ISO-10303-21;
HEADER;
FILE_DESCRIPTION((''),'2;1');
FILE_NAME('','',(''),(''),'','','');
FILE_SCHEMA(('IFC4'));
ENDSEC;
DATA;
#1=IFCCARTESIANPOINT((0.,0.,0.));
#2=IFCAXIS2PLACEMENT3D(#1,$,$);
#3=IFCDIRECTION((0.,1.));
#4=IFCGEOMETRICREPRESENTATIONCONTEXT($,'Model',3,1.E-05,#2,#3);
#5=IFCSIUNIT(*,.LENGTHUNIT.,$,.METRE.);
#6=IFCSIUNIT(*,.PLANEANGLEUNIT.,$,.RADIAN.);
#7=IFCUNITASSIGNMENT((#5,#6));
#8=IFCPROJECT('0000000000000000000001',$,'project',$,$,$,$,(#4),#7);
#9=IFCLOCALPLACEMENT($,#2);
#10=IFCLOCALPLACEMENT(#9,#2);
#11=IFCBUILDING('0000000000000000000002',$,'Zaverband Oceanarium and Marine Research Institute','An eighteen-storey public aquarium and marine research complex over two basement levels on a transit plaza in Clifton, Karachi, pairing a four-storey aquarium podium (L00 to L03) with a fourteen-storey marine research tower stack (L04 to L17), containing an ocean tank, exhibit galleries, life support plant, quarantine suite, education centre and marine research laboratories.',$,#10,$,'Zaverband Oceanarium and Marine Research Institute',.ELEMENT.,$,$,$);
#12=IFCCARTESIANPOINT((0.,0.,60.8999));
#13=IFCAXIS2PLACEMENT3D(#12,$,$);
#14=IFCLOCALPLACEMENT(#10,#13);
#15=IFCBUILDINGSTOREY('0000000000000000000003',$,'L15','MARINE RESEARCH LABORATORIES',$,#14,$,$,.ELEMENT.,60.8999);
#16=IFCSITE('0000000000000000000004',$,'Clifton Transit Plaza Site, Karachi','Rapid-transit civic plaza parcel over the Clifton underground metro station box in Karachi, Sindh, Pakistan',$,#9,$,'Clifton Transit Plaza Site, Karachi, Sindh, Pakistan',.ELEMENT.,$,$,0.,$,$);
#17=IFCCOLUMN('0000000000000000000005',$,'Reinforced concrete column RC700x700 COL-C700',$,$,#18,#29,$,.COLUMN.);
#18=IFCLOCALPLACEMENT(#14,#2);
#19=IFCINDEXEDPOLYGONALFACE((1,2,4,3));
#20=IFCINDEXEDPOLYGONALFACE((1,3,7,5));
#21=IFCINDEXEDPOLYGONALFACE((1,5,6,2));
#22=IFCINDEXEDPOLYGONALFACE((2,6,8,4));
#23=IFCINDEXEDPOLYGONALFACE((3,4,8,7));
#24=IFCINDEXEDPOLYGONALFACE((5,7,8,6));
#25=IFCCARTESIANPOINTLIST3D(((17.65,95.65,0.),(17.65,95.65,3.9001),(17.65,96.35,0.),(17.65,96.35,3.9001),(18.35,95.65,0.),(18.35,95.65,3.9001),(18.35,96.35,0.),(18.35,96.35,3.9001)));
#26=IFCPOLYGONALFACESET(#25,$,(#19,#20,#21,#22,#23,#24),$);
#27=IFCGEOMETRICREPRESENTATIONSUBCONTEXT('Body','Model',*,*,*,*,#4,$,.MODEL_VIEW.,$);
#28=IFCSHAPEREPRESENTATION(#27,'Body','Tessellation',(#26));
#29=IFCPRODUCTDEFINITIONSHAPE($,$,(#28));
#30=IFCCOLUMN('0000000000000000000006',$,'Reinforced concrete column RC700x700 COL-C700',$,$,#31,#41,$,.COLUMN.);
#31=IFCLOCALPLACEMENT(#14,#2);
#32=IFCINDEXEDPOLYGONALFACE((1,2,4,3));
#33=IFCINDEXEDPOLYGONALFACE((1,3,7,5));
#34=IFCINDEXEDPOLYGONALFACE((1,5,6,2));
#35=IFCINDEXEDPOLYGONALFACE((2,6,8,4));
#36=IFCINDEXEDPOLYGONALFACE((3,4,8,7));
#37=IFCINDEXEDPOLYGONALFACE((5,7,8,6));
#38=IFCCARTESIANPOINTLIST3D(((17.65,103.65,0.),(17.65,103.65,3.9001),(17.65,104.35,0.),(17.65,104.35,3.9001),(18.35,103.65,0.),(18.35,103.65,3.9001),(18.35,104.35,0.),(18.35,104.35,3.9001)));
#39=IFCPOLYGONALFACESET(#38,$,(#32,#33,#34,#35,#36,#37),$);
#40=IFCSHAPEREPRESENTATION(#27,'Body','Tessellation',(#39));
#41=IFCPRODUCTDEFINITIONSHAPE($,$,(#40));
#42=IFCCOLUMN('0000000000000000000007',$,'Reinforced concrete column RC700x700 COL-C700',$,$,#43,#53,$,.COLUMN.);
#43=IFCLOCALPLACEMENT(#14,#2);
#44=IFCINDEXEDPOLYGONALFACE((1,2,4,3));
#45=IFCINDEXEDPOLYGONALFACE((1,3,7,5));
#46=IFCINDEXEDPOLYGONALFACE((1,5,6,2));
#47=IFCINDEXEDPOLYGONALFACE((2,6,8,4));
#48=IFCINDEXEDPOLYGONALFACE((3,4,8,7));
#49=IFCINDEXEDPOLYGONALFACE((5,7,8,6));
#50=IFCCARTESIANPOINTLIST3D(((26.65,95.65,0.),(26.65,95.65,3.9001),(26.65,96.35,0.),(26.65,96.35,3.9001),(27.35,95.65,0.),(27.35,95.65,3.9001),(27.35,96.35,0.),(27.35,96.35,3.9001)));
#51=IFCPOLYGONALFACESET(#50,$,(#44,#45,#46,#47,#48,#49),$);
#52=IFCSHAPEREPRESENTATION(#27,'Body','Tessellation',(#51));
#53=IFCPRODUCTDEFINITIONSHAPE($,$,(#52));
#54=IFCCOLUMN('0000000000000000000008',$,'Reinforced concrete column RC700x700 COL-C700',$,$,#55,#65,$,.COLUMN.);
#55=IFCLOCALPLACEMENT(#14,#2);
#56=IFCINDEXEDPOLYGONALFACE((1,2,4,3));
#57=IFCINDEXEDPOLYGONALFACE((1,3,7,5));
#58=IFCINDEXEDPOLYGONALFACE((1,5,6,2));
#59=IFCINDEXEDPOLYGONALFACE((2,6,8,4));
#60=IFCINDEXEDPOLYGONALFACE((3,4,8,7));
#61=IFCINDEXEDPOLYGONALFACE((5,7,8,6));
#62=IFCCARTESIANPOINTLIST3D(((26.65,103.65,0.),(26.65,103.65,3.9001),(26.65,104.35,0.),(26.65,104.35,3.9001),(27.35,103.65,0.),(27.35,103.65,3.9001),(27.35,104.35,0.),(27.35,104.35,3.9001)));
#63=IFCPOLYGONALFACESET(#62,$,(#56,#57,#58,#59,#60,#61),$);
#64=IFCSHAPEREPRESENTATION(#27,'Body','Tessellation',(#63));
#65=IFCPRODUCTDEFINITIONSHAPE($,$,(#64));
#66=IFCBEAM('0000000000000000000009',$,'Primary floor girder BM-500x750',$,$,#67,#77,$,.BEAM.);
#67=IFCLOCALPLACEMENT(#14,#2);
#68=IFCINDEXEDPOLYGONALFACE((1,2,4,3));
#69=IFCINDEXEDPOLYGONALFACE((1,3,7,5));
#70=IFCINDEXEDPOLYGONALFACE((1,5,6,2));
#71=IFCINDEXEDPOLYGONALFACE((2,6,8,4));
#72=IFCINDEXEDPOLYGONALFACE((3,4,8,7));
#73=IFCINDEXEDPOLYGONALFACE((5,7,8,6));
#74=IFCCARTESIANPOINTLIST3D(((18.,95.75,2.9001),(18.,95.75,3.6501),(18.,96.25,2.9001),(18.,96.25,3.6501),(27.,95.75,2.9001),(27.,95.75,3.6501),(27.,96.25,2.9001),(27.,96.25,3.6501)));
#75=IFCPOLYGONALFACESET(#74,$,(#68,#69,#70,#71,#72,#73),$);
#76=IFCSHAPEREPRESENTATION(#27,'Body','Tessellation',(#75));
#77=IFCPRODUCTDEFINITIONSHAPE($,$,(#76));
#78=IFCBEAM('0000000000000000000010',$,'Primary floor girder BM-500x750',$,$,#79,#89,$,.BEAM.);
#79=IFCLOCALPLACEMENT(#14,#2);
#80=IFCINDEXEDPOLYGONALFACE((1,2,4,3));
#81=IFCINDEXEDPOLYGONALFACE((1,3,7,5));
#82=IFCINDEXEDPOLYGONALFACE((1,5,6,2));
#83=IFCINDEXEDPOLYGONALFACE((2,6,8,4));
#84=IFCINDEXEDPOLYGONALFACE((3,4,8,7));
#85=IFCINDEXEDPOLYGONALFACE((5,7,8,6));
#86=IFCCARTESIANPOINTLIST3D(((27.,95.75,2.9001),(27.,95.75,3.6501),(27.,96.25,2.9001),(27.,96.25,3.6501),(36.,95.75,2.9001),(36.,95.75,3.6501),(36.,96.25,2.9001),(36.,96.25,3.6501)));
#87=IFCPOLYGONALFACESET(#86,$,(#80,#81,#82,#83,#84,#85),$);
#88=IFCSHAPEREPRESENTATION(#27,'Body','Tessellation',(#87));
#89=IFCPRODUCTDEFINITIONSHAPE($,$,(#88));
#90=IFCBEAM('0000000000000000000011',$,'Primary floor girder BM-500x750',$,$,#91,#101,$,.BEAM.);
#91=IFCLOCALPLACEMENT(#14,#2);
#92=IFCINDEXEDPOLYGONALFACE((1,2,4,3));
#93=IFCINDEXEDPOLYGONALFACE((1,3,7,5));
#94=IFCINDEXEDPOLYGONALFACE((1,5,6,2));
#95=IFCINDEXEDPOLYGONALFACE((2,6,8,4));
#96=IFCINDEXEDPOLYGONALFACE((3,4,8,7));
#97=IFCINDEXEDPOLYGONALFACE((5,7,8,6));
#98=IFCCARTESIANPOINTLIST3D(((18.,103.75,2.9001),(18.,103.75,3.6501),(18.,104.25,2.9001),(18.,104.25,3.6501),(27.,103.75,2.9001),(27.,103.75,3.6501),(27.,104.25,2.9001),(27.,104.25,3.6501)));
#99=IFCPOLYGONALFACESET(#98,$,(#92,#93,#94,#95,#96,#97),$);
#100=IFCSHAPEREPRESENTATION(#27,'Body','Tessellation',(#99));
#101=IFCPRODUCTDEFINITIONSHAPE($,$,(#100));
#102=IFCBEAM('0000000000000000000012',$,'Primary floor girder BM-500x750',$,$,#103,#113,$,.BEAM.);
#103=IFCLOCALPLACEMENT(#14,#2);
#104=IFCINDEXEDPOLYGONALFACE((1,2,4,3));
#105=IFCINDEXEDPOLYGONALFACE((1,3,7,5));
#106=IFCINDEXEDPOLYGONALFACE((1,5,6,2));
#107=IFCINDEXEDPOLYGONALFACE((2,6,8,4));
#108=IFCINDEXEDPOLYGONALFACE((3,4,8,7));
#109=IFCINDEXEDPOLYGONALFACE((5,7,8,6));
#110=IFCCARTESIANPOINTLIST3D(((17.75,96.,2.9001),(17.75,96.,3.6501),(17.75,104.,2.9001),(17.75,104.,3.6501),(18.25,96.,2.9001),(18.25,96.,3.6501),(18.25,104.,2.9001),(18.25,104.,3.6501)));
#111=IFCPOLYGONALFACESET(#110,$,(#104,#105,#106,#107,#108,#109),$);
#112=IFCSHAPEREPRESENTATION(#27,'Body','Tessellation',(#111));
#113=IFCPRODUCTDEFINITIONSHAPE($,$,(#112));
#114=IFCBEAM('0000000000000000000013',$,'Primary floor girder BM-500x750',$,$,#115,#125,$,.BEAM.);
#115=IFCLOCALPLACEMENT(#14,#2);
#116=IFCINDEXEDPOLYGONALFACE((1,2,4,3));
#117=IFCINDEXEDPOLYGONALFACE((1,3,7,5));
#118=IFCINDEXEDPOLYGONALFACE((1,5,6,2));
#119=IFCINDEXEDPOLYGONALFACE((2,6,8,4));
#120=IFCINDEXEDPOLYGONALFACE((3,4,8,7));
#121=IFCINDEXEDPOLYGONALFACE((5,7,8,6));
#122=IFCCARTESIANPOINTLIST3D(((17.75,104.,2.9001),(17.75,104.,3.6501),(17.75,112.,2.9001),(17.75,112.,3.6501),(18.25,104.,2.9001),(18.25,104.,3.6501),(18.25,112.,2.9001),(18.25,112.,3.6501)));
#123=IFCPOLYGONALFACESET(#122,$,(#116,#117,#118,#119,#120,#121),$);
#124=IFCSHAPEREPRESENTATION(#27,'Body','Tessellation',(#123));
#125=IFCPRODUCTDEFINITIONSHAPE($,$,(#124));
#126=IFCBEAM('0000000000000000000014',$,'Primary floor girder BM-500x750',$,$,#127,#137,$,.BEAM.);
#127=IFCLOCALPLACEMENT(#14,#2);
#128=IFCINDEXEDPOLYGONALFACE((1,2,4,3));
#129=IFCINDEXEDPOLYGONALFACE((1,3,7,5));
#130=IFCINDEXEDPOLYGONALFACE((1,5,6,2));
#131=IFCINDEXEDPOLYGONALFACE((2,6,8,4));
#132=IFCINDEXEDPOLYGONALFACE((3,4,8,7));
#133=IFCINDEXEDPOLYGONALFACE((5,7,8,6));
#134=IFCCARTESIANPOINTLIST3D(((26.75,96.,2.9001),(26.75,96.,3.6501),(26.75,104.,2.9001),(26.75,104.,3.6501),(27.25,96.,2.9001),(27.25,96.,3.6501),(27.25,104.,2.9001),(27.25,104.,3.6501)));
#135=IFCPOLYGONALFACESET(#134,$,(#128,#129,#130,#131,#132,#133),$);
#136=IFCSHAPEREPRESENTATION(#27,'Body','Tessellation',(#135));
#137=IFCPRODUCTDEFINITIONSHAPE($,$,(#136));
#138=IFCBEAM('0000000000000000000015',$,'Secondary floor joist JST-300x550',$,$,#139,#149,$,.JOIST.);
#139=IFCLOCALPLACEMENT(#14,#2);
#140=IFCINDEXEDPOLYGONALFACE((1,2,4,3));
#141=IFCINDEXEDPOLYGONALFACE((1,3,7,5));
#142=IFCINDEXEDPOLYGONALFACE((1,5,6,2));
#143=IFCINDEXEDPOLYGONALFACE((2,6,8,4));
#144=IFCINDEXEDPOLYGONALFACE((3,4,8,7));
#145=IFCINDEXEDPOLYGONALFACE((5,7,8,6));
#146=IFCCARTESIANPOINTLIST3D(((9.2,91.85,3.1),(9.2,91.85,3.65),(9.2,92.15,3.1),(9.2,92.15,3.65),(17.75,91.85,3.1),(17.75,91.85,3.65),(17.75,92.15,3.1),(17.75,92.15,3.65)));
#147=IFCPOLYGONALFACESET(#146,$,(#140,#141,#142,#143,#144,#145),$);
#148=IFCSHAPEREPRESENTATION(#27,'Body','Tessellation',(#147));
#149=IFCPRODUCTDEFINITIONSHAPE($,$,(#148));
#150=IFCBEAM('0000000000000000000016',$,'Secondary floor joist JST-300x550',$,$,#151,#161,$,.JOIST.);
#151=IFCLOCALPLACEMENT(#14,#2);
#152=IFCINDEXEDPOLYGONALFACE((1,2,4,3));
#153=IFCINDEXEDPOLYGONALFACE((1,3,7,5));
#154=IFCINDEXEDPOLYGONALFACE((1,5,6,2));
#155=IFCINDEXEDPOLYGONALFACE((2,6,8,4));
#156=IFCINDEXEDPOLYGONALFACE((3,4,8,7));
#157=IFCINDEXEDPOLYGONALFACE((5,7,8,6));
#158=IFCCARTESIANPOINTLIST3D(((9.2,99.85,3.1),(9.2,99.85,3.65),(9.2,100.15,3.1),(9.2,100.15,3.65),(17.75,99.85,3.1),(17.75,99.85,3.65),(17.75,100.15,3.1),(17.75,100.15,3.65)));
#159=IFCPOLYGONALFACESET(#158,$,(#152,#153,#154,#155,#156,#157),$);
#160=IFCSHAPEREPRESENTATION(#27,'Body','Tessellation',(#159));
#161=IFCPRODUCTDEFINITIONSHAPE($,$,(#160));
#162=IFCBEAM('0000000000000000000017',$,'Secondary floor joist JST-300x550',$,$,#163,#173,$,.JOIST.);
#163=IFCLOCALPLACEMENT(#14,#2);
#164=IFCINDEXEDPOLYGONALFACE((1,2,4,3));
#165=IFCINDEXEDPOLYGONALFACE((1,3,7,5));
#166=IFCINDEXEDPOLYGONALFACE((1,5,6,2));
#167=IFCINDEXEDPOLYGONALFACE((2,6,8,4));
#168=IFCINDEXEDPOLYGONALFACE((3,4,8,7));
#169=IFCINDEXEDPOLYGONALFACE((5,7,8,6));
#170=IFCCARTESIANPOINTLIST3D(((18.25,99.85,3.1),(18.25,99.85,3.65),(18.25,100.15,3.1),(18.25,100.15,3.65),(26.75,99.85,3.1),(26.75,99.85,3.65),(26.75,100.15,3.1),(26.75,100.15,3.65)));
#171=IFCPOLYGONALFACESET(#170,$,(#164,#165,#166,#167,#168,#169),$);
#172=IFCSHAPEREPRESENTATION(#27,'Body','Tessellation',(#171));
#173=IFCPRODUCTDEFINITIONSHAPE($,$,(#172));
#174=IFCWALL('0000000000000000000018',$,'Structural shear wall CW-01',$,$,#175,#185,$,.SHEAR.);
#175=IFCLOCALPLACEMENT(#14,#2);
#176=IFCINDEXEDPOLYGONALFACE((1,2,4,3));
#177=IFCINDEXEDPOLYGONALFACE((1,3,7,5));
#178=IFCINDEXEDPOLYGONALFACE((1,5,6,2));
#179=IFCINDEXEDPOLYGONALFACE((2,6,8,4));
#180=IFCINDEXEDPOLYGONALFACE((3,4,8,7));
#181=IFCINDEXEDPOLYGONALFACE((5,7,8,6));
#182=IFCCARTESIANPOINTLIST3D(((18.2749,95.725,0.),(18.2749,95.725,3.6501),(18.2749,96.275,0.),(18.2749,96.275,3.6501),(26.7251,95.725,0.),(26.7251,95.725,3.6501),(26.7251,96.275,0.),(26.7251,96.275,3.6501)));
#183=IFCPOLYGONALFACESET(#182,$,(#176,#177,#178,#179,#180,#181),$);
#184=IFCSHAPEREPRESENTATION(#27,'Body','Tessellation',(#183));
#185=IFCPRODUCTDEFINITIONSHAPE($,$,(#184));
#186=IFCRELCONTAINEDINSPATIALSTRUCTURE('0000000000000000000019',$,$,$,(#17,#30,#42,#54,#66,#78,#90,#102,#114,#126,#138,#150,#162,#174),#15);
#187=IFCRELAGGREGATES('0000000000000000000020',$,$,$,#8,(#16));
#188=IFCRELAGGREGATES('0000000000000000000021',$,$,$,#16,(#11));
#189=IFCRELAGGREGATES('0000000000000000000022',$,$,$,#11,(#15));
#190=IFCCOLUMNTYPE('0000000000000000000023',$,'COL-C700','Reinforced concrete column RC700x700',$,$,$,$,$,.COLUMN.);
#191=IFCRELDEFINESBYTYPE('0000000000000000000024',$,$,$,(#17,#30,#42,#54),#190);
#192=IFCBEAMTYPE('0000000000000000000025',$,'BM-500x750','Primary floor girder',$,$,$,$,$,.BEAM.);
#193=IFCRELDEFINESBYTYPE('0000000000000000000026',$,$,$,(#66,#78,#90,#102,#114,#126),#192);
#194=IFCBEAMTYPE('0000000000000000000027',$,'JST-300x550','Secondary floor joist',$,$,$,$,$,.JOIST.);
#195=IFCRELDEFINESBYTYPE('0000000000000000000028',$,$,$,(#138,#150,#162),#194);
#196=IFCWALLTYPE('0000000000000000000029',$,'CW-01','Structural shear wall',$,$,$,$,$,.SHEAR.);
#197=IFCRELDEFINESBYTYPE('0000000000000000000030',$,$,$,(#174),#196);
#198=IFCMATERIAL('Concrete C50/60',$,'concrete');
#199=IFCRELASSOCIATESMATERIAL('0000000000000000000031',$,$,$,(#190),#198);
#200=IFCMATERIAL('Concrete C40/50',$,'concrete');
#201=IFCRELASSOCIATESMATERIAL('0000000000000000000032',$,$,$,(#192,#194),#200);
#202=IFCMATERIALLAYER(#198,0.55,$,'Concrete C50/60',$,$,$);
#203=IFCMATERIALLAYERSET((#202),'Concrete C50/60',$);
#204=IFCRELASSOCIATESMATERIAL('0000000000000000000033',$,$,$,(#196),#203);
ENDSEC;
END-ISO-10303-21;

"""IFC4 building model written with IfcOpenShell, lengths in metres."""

from ifc_helpers import new_model, si_unit, direction, frame, frame_2d, origin, origin_2d, place, context, subcontext, project, spatial, rectangle, extrude, material, layer, layer_set, material_profile, profile_set, type_object, element, save


model = new_model("IFC4")

# Units and contexts
model_context = context("Model", 3, precision=1e-05, world=origin(), true_north=direction((0.0, 1.0)))
body_context = subcontext(model_context, "Body", "Model", "MODEL_VIEW")
ifc_project = project(units=[si_unit("LENGTHUNIT", "METRE"), si_unit("PLANEANGLEUNIT", "RADIAN")], contexts=[model_context])

# Site, building, storey
site_placement = place(None, origin())
site = spatial("IfcSite", under=ifc_project, at=site_placement, Name="Clifton Transit Plaza Site, Karachi", Description="Rapid-transit civic plaza parcel over the Clifton underground metro station box in Karachi, Sindh, Pakistan", LongName="Clifton Transit Plaza Site, Karachi, Sindh, Pakistan", CompositionType="ELEMENT", RefElevation=0.0)
building_placement = place(site_placement, origin())
building = spatial("IfcBuilding", under=site, at=building_placement, Name="Zaverband Oceanarium and Marine Research Institute", Description="An eighteen-storey public aquarium and marine research complex over two basement levels on a transit plaza in Clifton, Karachi, pairing a four-storey aquarium podium (L00 to L03) with a fourteen-storey marine research tower stack (L04 to L17), containing an ocean tank, exhibit galleries, life support plant, quarantine suite, education centre and marine research laboratories.", LongName="Zaverband Oceanarium and Marine Research Institute", CompositionType="ELEMENT")
storey_placement = place(building_placement, frame((0.0, 0.0, 60.8999)))
storey = spatial("IfcBuildingStorey", under=building, at=storey_placement, Name="L15", Description="MARINE RESEARCH LABORATORIES", CompositionType="ELEMENT", Elevation=60.8999)

# Columns
ifc_material_1 = material(Name="Concrete C50/60", Category="concrete")
ifc_material_profile_1 = material_profile(ifc_material_1, rectangle(XDim=0.7, YDim=0.7, at=origin_2d()), Name="RC700x700")
ifc_profile_set_1 = profile_set([ifc_material_profile_1], Name="Concrete C50/60")
column_type = type_object("IfcColumnType", Name="COL-C700", Description="Reinforced concrete column RC700x700", PredefinedType="COLUMN", material=ifc_profile_set_1)
for number, where, z_axis, x_axis, name in (
    (1, (18.0, 96.0, 0.0), (0.0, 0.0, 1.0), (1.0, 0.0, 0.0), "Reinforced concrete column RC700x700 COL-C700"),
    (2, (18.0, 104.0, 0.0), (0.0, 0.0, 1.0), (1.0, 0.0, 0.0), "Reinforced concrete column RC700x700 COL-C700"),
    (3, (27.0, 96.0, 0.0), (0.0, 0.0, 1.0), (1.0, 0.0, 0.0), "Reinforced concrete column RC700x700 COL-C700"),
    (4, (27.0, 104.0, 0.0), (0.0, 0.0, 1.0), (1.0, 0.0, 0.0), "Reinforced concrete column RC700x700 COL-C700"),
):
    element("IfcColumn", number, at=place(storey_placement, frame(where, z_axis=z_axis, x_axis=x_axis)), inside=storey, type_object=column_type, Name=name, PredefinedType="COLUMN", context=body_context, shape_type="SweptSolid", body=[
        extrude(rectangle(XDim=0.7, YDim=0.7, at=origin_2d()), origin(), (0.0, 0.0, 1.0), 3.9001),
    ])

# Beams
ifc_material_2 = material(Name="Concrete C40/50", Category="concrete")
ifc_material_profile_2 = material_profile(ifc_material_2, rectangle(XDim=0.5, YDim=0.75, at=origin_2d()), Name="RC500x750")
ifc_profile_set_2 = profile_set([ifc_material_profile_2], Name="Concrete C40/50")
beam_type_1 = type_object("IfcBeamType", Name="BM-500x750", Description="Primary floor girder", PredefinedType="BEAM", material=ifc_profile_set_2)
for number, where, z_axis, x_axis, name in (
    (5, (18.0, 96.0, 3.2751), (1.0, 0.0, 0.0), (0.0, 1.0, 0.0), "Primary floor girder BM-500x750"),
    (6, (27.0, 96.0, 3.2751), (1.0, 0.0, 0.0), (0.0, 1.0, 0.0), "Primary floor girder BM-500x750"),
    (7, (18.0, 104.0, 3.2751), (1.0, 0.0, 0.0), (0.0, 1.0, 0.0), "Primary floor girder BM-500x750"),
):
    element("IfcBeam", number, at=place(storey_placement, frame(where, z_axis=z_axis, x_axis=x_axis)), inside=storey, type_object=beam_type_1, Name=name, PredefinedType="BEAM", context=body_context, shape_type="SweptSolid", body=[
        extrude(rectangle(XDim=0.5, YDim=0.75, at=origin_2d()), origin(), (0.0, 0.0, 1.0), 9.0),
    ])
for number, where, z_axis, x_axis, name in (
    (8, (18.0, 96.0, 3.2751), (0.0, 1.0, 0.0), (-1.0, 0.0, 0.0), "Primary floor girder BM-500x750"),
    (9, (18.0, 104.0, 3.2751), (0.0, 1.0, 0.0), (-1.0, 0.0, 0.0), "Primary floor girder BM-500x750"),
    (10, (27.0, 96.0, 3.2751), (0.0, 1.0, 0.0), (-1.0, 0.0, 0.0), "Primary floor girder BM-500x750"),
):
    element("IfcBeam", number, at=place(storey_placement, frame(where, z_axis=z_axis, x_axis=x_axis)), inside=storey, type_object=beam_type_1, Name=name, PredefinedType="BEAM", context=body_context, shape_type="SweptSolid", body=[
        extrude(rectangle(XDim=0.5, YDim=0.75, at=origin_2d()), origin(), (0.0, 0.0, 1.0), 8.0),
    ])
ifc_material_profile_3 = material_profile(ifc_material_2, rectangle(XDim=0.3, YDim=0.55, at=origin_2d()), Name="RC300x550")
ifc_profile_set_3 = profile_set([ifc_material_profile_3], Name="Concrete C40/50")
beam_type_2 = type_object("IfcBeamType", Name="JST-300x550", Description="Secondary floor joist", PredefinedType="JOIST", material=ifc_profile_set_3)
for number, where, z_axis, x_axis, name in (
    (11, (9.2, 92.0, 3.375), (1.0, 0.0, 0.0), (0.0, 1.0, 0.0), "Secondary floor joist JST-300x550"),
    (12, (9.2, 100.0, 3.375), (1.0, 0.0, 0.0), (0.0, 1.0, 0.0), "Secondary floor joist JST-300x550"),
):
    element("IfcBeam", number, at=place(storey_placement, frame(where, z_axis=z_axis, x_axis=x_axis)), inside=storey, type_object=beam_type_2, Name=name, PredefinedType="JOIST", context=body_context, shape_type="SweptSolid", body=[
        extrude(rectangle(XDim=0.3, YDim=0.55, at=origin_2d()), origin(), (0.0, 0.0, 1.0), 8.55),
    ])
beam_placement = place(storey_placement, frame((18.25, 100.0, 3.375), z_axis=(1.0, 0.0, 0.0), x_axis=(0.0, 1.0, 0.0)))
element("IfcBeam", 13, at=beam_placement, inside=storey, type_object=beam_type_2, Name="Secondary floor joist JST-300x550", PredefinedType="JOIST", context=body_context, shape_type="SweptSolid", body=[
    extrude(rectangle(XDim=0.3, YDim=0.55, at=origin_2d()), origin(), (0.0, 0.0, 1.0), 8.5),
])

# Wall
ifc_layer_1 = layer(ifc_material_1, 0.55, Name="Concrete C50/60")
ifc_layer_set_1 = layer_set([ifc_layer_1], Name="Concrete C50/60")
wall_type_1 = type_object("IfcWallType", Name="CW-01", Description="Structural shear wall", PredefinedType="SHEAR", material=ifc_layer_set_1)
wall_1_placement = place(storey_placement, frame((18.2749, 96.0, 0.0), z_axis=(0.0, 0.0, 1.0), x_axis=(1.0, 0.0, 0.0)))
element("IfcWall", 14, at=wall_1_placement, inside=storey, type_object=wall_type_1, Name="Structural shear wall CW-01", PredefinedType="SHEAR", context=body_context, shape_type="SweptSolid", body=[
    extrude(rectangle(XDim=8.4502, YDim=0.55, at=frame_2d((4.2251, 0.0))), origin(), (0.0, 0.0, 1.0), 3.6501),
])

save(model, "model.ifc")
